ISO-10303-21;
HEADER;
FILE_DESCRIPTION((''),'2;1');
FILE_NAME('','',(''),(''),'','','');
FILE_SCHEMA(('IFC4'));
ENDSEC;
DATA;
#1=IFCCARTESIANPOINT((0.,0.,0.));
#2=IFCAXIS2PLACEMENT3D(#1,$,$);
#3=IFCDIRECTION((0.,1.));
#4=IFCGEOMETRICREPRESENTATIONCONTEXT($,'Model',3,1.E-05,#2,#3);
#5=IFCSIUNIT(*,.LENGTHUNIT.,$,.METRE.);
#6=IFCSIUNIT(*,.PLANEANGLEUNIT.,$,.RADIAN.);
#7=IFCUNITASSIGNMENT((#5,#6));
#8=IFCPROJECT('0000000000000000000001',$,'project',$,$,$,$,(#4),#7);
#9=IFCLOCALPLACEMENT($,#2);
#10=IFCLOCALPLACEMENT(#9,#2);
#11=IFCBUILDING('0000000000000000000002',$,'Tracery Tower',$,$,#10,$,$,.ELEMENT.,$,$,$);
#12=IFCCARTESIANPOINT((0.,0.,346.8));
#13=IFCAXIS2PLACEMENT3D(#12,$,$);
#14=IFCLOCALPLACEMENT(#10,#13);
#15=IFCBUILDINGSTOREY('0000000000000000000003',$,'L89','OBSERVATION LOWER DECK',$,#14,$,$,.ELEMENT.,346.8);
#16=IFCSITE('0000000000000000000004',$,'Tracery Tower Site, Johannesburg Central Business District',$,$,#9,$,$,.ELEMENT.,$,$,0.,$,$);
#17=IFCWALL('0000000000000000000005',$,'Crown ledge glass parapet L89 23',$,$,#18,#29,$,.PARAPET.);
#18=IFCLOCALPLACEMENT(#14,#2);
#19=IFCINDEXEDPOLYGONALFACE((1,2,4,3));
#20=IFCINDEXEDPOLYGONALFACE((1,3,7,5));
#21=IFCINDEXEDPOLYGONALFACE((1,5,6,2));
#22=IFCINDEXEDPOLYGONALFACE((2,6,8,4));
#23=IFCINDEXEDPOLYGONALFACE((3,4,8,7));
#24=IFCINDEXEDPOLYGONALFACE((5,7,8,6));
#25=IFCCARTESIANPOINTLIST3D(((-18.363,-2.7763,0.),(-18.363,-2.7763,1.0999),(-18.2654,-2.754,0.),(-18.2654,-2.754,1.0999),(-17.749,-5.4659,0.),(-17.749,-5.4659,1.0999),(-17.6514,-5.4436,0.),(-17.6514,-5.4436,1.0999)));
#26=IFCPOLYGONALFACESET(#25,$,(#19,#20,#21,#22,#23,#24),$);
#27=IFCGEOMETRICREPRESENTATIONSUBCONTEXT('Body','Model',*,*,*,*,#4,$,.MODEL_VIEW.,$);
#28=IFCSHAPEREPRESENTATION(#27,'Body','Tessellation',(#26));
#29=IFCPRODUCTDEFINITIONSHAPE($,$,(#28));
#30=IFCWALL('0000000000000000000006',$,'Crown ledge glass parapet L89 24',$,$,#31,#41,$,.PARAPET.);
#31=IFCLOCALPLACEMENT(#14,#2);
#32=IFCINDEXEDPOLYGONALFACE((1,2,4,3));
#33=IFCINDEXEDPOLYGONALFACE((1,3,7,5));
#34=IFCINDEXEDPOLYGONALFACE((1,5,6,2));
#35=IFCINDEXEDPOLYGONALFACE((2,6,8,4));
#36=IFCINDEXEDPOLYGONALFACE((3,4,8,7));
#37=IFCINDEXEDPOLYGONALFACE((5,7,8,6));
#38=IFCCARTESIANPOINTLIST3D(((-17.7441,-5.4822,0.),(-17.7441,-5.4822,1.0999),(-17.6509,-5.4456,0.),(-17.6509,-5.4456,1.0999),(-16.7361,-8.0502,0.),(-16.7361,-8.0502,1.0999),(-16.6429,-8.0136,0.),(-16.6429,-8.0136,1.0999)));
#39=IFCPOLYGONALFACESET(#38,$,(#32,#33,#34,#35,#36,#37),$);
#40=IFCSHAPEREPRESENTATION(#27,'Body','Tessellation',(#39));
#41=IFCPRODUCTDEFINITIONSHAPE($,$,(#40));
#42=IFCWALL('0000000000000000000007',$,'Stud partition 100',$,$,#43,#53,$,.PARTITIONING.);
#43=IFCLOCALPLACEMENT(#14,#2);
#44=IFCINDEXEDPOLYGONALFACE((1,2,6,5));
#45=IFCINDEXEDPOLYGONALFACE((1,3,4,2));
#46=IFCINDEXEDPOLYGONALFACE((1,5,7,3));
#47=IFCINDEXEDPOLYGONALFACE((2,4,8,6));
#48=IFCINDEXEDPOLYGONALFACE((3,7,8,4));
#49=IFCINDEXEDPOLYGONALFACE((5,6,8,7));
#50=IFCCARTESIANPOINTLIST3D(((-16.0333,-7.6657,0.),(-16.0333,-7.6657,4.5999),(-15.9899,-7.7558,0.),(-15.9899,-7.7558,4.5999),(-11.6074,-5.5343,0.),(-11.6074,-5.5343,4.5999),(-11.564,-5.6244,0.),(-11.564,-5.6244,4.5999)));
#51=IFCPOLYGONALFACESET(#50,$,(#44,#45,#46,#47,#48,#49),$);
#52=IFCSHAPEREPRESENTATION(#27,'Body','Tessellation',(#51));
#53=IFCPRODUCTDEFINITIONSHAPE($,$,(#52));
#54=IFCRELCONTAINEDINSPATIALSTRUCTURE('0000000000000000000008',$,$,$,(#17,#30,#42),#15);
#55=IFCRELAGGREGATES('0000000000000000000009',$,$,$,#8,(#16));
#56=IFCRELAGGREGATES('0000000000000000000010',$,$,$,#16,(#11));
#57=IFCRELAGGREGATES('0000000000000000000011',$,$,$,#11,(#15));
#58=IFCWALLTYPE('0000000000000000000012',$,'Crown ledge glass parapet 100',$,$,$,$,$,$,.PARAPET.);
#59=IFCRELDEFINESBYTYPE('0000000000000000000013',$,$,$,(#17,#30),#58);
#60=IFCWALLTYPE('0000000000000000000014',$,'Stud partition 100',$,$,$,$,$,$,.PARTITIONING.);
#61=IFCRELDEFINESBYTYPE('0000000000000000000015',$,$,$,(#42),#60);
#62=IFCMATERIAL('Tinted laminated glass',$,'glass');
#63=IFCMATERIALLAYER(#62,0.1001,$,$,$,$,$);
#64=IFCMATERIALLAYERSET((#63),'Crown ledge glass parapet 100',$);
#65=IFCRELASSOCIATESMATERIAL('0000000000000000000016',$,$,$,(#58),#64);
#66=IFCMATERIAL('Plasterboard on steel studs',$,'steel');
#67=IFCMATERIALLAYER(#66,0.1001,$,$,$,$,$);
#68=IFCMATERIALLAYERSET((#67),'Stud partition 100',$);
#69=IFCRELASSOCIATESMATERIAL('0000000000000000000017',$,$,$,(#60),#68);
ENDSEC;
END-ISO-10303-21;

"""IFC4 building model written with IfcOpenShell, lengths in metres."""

from ifc_helpers import new_model, si_unit, direction, frame, frame_2d, origin, place, context, subcontext, project, spatial, rectangle, extrude, material, layer, layer_set, type_object, element, save


model = new_model("IFC4")

# Units and contexts
model_context = context("Model", 3, precision=1e-05, world=origin(), true_north=direction((0.0, 1.0)))
body_context = subcontext(model_context, "Body", "Model", "MODEL_VIEW")
ifc_project = project(units=[si_unit("LENGTHUNIT", "METRE"), si_unit("PLANEANGLEUNIT", "RADIAN")], contexts=[model_context])

# Site, building, storey
site_placement = place(None, origin())
site = spatial("IfcSite", under=ifc_project, at=site_placement, Name="Tracery Tower Site, Johannesburg Central Business District", CompositionType="ELEMENT", RefElevation=0.0)
building_placement = place(site_placement, origin())
building = spatial("IfcBuilding", under=site, at=building_placement, Name="Tracery Tower", CompositionType="ELEMENT")
storey_placement = place(building_placement, frame((0.0, 0.0, 346.8)))
storey = spatial("IfcBuildingStorey", under=building, at=storey_placement, Name="L89", Description="OBSERVATION LOWER DECK", CompositionType="ELEMENT", Elevation=346.8)

# Walls
ifc_material_1 = material(Name="Tinted laminated glass", Category="glass")
ifc_layer_1 = layer(ifc_material_1, 0.1001)
ifc_layer_set_1 = layer_set([ifc_layer_1], Name="Crown ledge glass parapet 100")
wall_type_1 = type_object("IfcWallType", Name="Crown ledge glass parapet 100", PredefinedType="PARAPET", material=ifc_layer_set_1)
for number, where, z_axis, x_axis, name in (
    (1, (-18.3142, -2.7651, 0.0), (0.0, 0.0, 1.0), (0.222558, -0.974919, 0.0), "Crown ledge glass parapet L89 23"),
    (2, (-17.6975, -5.4639, 0.0), (0.0, 0.0, 1.0), (0.365387, -0.930856, 0.0), "Crown ledge glass parapet L89 24"),
):
    element("IfcWall", number, at=place(storey_placement, frame(where, z_axis=z_axis, x_axis=x_axis)), inside=storey, type_object=wall_type_1, Name=name, PredefinedType="PARAPET", context=body_context, shape_type="SweptSolid", body=[
        extrude(rectangle(XDim=2.7588, YDim=0.1001, at=frame_2d((1.3794, 0.0))), origin(), (0.0, 0.0, 1.0), 1.0999),
    ])
ifc_material_2 = material(Name="Plasterboard on steel studs", Category="steel")
ifc_layer_2 = layer(ifc_material_2, 0.1001)
ifc_layer_set_2 = layer_set([ifc_layer_2], Name="Stud partition 100")
wall_type_2 = type_object("IfcWallType", Name="Stud partition 100", PredefinedType="PARTITIONING", material=ifc_layer_set_2)
wall_1_placement = place(storey_placement, frame((-16.0115, -7.7107, 0.0), z_axis=(0.0, 0.0, 1.0), x_axis=(0.900969, 0.433884, 0.0)))
element("IfcWall", 3, at=wall_1_placement, inside=storey, type_object=wall_type_2, Name="Stud partition 100", PredefinedType="PARTITIONING", context=body_context, shape_type="SweptSolid", body=[
    extrude(rectangle(XDim=4.9124, YDim=0.1001, at=frame_2d((2.4561, 0.0))), origin(), (0.0, 0.0, 1.0), 4.5999),
])

save(model, "model.ifc")
